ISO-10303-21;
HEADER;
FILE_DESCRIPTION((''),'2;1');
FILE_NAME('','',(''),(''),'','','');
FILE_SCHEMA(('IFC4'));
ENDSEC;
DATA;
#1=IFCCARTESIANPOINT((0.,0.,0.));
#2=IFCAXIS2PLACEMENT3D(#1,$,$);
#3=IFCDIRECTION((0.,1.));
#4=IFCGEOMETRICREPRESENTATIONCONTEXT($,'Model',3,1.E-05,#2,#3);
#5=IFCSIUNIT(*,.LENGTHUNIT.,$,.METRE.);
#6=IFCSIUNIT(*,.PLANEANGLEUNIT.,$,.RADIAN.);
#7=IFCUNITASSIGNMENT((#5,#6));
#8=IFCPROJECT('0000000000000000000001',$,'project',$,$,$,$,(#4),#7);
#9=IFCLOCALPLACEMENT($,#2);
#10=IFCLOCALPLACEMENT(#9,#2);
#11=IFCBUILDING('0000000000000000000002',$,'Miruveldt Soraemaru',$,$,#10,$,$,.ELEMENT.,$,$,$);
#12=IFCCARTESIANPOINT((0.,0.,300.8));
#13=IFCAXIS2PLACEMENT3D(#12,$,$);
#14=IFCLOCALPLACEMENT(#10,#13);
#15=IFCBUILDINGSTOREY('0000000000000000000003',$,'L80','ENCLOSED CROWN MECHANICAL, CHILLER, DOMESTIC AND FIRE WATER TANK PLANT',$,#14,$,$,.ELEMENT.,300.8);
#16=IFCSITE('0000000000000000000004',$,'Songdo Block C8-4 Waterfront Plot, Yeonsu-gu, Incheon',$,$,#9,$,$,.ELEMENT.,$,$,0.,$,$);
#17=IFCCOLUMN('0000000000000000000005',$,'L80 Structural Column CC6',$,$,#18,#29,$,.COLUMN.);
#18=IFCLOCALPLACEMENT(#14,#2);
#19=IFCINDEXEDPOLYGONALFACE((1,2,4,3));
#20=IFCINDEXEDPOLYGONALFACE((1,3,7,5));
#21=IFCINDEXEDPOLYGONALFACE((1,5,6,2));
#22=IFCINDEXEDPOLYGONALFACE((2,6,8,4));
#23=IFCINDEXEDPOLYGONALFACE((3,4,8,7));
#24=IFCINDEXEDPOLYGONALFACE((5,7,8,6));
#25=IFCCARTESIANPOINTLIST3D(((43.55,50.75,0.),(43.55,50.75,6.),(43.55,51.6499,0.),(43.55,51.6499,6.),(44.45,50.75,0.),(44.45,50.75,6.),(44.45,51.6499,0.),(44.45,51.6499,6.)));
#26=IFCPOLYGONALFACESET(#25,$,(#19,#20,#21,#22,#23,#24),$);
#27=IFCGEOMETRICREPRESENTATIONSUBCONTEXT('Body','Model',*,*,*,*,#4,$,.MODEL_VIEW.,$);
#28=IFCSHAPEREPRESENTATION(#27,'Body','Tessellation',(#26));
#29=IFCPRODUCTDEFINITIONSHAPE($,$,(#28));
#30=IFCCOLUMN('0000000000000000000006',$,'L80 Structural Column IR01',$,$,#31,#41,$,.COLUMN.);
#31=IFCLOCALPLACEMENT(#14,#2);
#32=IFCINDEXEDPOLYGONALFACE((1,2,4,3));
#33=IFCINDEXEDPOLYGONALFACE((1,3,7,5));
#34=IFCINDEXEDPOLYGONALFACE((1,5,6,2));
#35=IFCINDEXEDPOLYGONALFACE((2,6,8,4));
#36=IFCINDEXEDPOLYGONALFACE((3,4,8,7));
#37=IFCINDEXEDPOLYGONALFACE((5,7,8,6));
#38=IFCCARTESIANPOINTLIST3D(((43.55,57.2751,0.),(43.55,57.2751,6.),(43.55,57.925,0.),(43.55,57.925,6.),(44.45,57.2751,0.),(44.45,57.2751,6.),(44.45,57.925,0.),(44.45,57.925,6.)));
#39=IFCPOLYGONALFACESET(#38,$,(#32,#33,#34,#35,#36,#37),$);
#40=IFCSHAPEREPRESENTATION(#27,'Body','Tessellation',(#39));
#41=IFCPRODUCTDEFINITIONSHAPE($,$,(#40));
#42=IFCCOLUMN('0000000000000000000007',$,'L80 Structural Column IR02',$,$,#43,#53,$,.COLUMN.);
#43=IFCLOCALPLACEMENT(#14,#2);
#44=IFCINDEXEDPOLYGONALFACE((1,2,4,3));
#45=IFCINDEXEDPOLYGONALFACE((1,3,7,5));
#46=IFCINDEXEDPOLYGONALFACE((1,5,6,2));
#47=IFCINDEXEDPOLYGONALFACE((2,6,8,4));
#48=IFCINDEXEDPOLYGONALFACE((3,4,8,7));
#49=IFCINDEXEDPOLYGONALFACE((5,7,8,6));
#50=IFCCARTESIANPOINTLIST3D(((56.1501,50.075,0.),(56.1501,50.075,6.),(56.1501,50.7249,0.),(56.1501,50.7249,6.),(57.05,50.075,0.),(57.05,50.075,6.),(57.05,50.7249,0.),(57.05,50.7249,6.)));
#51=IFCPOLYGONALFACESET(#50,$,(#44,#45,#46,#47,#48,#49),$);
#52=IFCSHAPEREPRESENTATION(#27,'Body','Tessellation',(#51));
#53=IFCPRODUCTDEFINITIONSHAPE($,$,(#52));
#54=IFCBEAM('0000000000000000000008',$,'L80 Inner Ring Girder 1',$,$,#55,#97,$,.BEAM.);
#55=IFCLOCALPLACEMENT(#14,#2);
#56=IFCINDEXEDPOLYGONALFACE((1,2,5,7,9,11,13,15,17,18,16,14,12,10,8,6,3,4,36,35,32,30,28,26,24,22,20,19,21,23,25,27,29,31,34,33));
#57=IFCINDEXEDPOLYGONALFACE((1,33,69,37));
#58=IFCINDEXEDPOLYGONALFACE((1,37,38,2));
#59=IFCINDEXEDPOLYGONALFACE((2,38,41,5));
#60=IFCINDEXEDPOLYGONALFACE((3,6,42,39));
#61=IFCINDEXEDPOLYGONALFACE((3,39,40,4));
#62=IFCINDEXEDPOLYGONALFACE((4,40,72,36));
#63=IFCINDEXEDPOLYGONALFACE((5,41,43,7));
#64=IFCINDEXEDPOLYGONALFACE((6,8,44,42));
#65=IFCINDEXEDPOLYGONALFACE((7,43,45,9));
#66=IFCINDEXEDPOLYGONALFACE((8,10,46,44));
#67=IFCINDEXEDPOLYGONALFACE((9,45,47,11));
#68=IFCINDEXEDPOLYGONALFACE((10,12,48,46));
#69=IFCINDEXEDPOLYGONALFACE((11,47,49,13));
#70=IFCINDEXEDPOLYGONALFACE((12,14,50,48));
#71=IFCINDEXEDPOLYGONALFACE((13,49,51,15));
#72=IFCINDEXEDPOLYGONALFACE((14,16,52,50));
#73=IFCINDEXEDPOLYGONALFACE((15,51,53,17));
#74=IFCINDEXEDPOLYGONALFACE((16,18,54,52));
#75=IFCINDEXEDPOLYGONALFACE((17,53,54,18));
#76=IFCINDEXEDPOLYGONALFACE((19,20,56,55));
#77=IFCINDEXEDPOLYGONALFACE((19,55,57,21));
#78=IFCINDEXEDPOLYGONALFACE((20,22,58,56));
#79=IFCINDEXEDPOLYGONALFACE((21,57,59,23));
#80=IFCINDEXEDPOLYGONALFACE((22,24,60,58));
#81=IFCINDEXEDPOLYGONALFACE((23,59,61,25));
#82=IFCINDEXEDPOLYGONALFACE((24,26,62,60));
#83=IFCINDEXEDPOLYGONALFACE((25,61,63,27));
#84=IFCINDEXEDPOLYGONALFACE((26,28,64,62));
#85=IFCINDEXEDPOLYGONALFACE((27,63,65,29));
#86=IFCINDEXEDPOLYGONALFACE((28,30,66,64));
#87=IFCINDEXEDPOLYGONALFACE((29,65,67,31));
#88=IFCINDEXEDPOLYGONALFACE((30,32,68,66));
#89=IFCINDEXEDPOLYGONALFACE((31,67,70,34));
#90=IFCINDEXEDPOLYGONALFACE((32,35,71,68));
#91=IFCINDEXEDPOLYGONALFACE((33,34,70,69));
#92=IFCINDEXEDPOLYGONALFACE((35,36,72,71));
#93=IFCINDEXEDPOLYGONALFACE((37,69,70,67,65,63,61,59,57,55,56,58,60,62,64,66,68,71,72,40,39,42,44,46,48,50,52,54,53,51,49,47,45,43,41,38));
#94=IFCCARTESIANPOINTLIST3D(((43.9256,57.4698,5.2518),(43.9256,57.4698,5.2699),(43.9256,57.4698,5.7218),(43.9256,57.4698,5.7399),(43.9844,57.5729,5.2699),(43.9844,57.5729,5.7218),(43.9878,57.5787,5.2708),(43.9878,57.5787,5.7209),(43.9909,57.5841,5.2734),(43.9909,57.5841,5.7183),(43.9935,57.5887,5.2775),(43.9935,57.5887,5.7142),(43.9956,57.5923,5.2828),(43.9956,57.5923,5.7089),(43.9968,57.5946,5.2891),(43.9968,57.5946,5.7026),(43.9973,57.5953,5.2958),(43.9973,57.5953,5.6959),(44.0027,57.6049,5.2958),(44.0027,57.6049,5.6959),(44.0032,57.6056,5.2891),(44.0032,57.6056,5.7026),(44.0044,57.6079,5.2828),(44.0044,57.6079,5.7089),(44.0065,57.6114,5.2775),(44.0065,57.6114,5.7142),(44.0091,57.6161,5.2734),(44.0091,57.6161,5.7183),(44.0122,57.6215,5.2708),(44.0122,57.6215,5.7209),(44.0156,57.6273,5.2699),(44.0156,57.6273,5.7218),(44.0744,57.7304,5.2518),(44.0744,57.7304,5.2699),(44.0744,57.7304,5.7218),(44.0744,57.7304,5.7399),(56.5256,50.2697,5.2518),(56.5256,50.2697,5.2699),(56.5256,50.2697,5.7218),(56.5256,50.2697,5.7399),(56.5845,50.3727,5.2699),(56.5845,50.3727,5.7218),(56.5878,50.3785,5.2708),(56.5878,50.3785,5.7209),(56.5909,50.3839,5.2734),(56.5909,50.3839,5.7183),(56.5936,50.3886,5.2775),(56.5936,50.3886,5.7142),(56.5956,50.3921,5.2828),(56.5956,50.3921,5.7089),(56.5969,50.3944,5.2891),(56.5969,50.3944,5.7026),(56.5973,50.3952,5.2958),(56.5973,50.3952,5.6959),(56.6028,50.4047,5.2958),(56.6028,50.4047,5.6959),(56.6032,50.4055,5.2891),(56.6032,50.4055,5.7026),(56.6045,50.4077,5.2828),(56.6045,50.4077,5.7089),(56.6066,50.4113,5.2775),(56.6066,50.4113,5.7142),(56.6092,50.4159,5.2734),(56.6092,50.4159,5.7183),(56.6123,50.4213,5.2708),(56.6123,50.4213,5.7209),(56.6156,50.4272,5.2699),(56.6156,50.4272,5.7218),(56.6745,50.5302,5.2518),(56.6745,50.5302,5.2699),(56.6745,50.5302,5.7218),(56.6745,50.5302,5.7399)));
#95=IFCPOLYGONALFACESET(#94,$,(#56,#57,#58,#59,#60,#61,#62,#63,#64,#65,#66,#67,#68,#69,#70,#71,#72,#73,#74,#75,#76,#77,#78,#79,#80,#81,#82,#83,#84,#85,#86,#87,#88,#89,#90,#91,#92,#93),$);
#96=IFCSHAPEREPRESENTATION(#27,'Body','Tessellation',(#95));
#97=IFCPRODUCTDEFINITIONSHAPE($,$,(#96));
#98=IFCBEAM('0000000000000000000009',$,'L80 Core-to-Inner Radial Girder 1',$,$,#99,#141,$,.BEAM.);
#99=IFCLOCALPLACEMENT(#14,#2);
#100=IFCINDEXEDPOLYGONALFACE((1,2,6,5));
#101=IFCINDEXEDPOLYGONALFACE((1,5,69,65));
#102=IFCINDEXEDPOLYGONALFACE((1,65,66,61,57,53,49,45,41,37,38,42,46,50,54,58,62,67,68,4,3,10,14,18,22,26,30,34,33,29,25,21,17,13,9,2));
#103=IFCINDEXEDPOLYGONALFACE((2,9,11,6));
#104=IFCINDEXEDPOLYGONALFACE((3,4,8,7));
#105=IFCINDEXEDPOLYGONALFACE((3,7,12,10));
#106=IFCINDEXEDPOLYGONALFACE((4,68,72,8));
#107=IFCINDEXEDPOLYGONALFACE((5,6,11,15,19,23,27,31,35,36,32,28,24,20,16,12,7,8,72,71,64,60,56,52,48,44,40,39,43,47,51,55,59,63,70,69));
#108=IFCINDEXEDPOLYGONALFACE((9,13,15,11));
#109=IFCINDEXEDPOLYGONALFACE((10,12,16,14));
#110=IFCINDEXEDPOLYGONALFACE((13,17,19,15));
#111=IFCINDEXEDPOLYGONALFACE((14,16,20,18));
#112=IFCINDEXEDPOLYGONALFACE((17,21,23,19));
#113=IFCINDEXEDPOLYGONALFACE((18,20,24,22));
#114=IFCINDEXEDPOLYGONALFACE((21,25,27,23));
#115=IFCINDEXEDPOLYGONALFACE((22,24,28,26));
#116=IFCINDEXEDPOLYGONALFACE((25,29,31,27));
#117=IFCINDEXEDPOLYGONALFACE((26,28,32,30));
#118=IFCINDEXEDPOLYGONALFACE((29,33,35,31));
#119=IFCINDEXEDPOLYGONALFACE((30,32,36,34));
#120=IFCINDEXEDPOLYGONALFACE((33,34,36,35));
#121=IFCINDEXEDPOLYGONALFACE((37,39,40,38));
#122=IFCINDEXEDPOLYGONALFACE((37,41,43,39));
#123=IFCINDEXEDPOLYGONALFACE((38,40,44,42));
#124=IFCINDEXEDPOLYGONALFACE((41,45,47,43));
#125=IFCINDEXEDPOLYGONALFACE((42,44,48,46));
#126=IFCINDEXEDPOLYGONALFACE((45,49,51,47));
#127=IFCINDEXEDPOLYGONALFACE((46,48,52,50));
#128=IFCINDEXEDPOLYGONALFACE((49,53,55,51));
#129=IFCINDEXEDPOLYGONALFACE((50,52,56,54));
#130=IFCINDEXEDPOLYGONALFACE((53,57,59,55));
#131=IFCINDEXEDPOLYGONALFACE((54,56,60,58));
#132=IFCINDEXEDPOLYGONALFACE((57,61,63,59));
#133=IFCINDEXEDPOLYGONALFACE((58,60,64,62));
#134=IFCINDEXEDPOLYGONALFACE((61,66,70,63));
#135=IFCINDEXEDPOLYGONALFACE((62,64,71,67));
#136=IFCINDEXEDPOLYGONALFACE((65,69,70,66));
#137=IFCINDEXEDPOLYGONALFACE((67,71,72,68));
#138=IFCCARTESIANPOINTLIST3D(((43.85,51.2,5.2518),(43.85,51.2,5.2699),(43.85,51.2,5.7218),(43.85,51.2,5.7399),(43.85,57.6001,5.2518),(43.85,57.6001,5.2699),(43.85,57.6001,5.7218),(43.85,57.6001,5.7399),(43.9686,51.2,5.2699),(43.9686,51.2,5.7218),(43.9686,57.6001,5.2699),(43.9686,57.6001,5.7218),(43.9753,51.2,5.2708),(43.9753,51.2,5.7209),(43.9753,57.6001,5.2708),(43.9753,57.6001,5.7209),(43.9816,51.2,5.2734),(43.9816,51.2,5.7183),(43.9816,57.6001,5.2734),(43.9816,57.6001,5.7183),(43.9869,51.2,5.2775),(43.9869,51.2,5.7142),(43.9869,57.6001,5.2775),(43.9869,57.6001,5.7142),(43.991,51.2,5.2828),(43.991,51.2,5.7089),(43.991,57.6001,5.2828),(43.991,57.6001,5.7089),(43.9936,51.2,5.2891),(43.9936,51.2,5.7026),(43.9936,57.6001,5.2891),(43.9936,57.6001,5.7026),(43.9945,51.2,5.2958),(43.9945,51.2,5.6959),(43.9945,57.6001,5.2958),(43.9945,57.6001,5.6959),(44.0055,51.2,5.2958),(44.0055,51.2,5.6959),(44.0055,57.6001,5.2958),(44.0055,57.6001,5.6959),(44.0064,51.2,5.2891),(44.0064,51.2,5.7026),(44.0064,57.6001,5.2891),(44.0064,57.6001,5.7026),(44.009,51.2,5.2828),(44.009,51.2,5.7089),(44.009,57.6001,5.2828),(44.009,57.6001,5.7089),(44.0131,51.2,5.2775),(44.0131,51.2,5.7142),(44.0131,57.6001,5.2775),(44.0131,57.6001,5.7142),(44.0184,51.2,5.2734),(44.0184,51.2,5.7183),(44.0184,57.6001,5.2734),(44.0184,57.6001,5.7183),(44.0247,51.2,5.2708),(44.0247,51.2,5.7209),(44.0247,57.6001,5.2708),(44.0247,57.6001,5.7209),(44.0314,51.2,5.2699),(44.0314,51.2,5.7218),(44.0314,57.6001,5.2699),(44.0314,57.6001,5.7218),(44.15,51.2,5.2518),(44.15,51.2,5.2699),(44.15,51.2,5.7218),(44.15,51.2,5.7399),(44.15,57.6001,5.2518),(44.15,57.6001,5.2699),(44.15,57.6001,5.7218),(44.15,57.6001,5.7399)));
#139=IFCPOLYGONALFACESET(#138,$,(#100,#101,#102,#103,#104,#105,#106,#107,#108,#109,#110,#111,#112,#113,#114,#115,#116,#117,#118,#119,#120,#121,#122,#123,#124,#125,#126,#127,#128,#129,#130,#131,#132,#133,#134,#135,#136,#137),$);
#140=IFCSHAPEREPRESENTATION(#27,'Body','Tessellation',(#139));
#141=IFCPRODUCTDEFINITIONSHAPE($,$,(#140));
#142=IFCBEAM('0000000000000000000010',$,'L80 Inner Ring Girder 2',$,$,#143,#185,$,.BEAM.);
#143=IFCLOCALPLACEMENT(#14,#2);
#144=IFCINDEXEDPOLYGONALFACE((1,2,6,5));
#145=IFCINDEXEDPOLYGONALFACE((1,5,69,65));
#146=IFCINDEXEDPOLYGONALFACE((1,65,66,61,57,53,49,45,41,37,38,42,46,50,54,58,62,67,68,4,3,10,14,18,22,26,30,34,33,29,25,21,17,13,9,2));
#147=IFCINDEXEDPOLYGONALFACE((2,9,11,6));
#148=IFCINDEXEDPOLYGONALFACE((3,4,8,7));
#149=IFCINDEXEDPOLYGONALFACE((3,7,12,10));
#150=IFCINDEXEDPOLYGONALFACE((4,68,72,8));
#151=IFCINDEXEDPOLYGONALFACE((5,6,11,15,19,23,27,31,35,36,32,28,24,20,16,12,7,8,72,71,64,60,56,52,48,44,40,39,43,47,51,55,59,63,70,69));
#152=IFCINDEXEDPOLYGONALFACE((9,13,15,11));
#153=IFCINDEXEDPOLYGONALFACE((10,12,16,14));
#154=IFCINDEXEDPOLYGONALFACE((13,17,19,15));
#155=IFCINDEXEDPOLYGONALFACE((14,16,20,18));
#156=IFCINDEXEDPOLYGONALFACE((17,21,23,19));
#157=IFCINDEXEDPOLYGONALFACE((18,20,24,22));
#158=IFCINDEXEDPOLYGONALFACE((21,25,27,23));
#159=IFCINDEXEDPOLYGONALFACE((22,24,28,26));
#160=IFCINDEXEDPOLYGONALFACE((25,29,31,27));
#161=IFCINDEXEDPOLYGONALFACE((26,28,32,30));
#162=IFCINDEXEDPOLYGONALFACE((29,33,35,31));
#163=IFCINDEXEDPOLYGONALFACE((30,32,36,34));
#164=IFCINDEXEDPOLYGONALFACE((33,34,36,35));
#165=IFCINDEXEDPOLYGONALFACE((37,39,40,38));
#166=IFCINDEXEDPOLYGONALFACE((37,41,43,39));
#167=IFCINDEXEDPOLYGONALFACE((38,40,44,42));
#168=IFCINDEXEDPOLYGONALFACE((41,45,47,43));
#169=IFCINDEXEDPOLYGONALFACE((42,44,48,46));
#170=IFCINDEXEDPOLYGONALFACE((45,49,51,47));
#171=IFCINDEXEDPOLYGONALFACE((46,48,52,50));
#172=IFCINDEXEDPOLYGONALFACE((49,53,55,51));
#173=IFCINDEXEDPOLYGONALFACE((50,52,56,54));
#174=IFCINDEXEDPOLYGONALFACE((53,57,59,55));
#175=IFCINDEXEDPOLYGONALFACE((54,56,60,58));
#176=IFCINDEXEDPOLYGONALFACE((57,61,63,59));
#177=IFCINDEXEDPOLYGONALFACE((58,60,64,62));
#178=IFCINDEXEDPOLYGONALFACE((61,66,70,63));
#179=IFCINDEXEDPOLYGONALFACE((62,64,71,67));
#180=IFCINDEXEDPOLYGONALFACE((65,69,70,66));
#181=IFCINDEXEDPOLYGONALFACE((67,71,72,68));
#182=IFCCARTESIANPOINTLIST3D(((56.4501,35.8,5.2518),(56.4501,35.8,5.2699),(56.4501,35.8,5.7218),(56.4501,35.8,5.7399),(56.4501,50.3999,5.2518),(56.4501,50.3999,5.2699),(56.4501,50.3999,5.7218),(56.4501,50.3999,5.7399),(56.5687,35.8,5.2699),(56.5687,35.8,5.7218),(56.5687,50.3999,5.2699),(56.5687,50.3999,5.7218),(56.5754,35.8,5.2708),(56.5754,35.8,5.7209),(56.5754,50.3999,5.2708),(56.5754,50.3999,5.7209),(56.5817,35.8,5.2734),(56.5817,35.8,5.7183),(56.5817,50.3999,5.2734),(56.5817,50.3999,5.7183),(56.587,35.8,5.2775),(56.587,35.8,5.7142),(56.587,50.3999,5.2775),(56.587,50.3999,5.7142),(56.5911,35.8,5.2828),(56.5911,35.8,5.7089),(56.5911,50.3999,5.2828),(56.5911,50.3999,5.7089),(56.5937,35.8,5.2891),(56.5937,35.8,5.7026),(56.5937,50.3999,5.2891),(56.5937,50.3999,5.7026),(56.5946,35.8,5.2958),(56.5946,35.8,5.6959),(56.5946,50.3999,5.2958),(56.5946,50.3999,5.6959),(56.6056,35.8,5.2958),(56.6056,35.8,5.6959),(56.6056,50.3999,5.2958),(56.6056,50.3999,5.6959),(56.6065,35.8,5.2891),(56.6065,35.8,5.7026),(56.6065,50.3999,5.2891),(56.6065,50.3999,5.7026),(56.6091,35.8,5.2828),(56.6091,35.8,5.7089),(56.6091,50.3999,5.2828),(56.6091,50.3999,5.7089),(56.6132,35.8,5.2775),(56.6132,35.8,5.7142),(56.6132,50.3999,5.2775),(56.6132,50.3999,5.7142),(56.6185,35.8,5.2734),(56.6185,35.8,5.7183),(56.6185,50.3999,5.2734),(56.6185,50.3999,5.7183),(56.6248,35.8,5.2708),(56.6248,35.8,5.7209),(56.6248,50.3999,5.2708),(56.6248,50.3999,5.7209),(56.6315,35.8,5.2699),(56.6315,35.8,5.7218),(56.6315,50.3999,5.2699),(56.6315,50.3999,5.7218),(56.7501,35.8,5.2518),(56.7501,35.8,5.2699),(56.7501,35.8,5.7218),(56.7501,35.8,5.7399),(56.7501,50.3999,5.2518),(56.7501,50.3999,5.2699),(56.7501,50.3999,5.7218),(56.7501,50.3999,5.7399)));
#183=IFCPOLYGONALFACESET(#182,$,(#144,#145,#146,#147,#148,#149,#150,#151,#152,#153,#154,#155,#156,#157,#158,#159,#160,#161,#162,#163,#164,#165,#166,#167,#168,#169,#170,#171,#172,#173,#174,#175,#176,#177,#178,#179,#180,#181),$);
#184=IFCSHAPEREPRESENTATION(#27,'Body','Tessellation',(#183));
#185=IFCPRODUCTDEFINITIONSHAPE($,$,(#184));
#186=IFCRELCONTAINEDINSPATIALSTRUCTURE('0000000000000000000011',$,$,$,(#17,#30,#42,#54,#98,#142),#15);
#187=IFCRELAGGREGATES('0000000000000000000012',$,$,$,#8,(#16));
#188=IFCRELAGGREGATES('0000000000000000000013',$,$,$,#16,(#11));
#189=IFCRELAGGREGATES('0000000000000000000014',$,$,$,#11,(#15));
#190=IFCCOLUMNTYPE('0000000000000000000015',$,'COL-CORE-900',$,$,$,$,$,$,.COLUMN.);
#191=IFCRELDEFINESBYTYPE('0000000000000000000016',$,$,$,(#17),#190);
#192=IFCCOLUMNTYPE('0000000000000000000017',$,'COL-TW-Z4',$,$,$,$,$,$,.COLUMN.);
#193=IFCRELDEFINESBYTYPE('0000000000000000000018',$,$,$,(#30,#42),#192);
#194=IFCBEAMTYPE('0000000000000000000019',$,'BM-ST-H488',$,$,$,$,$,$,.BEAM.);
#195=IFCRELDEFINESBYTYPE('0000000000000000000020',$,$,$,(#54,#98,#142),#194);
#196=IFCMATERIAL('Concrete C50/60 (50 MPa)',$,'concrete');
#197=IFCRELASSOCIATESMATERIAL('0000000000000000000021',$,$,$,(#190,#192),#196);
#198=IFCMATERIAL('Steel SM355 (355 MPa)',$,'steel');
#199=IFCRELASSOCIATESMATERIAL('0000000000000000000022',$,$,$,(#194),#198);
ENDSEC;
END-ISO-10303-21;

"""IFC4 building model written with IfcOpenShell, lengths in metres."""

from ifc_helpers import new_model, si_unit, direction, frame, origin, origin_2d, place, context, subcontext, project, spatial, rectangle, i_section, extrude, material, material_profile, profile_set, type_object, element, save


model = new_model("IFC4")

# Units and contexts
model_context = context("Model", 3, precision=1e-05, world=origin(), true_north=direction((0.0, 1.0)))
body_context = subcontext(model_context, "Body", "Model", "MODEL_VIEW")
ifc_project = project(units=[si_unit("LENGTHUNIT", "METRE"), si_unit("PLANEANGLEUNIT", "RADIAN")], contexts=[model_context])

# Site, building, storey
site_placement = place(None, origin())
site = spatial("IfcSite", under=ifc_project, at=site_placement, Name="Songdo Block C8-4 Waterfront Plot, Yeonsu-gu, Incheon", CompositionType="ELEMENT", RefElevation=0.0)
building_placement = place(site_placement, origin())
building = spatial("IfcBuilding", under=site, at=building_placement, Name="Miruveldt Soraemaru", CompositionType="ELEMENT")
storey_placement = place(building_placement, frame((0.0, 0.0, 300.8)))
storey = spatial("IfcBuildingStorey", under=building, at=storey_placement, Name="L80", Description="ENCLOSED CROWN MECHANICAL, CHILLER, DOMESTIC AND FIRE WATER TANK PLANT", CompositionType="ELEMENT", Elevation=300.8)

# Columns
ifc_material_1 = material(Name="Concrete C50/60 (50 MPa)", Category="concrete")
ifc_material_profile_1 = material_profile(ifc_material_1, rectangle(XDim=0.8999, YDim=0.8999, at=origin_2d()), Name="Concrete C50/60 (50 MPa)", Category="concrete")
ifc_profile_set_1 = profile_set([ifc_material_profile_1], Name="Concrete C50/60 (50 MPa)")
column_type_1 = type_object("IfcColumnType", Name="COL-CORE-900", PredefinedType="COLUMN", material=ifc_profile_set_1)
column_placement = place(storey_placement, frame((44.0, 51.2, 0.0), z_axis=(0.0, 0.0, 1.0), x_axis=(1.0, 0.0, 0.0)))
element("IfcColumn", 1, at=column_placement, inside=storey, type_object=column_type_1, Name="L80 Structural Column CC6", PredefinedType="COLUMN", context=body_context, shape_type="SweptSolid", body=[
    extrude(rectangle(XDim=0.8999, YDim=0.8999, at=origin_2d()), origin(), (0.0, 0.0, 1.0), 6.0),
])
ifc_material_profile_2 = material_profile(ifc_material_1, rectangle(XDim=0.8999, YDim=0.6499, at=origin_2d()), Name="Concrete C50/60 (50 MPa)", Category="concrete")
ifc_profile_set_2 = profile_set([ifc_material_profile_2], Name="Concrete C50/60 (50 MPa)")
column_type_2 = type_object("IfcColumnType", Name="COL-TW-Z4", PredefinedType="COLUMN", material=ifc_profile_set_2)
for number, where, z_axis, x_axis, name in (
    (2, (44.0, 57.6001, 0.0), (0.0, 0.0, 1.0), (1.0, 0.0, 0.0), "L80 Structural Column IR01"),
    (3, (56.6001, 50.3999, 0.0), (0.0, 0.0, 1.0), (1.0, 0.0, 0.0), "L80 Structural Column IR02"),
):
    element("IfcColumn", number, at=place(storey_placement, frame(where, z_axis=z_axis, x_axis=x_axis)), inside=storey, type_object=column_type_2, Name=name, PredefinedType="COLUMN", context=body_context, shape_type="SweptSolid", body=[
        extrude(rectangle(XDim=0.8999, YDim=0.6499, at=origin_2d()), origin(), (0.0, 0.0, 1.0), 6.0),
    ])

# Beams
ifc_material_2 = material(Name="Steel SM355 (355 MPa)", Category="steel")
ifc_material_profile_3 = material_profile(ifc_material_2, i_section(OverallWidth=0.3, OverallDepth=0.488, WebThickness=0.011, FlangeThickness=0.0181, FilletRadius=0.0259, at=origin_2d()), Name="Steel SM355 (355 MPa)", Category="steel")
ifc_profile_set_3 = profile_set([ifc_material_profile_3], Name="Steel SM355 (355 MPa)")
beam_type = type_object("IfcBeamType", Name="BM-ST-H488", PredefinedType="BEAM", material=ifc_profile_set_3)
beam_1_placement = place(storey_placement, frame((44.0, 57.6001, 5.4958), z_axis=(0.868239, -0.496146, 0.0), x_axis=(0.496146, 0.868239, 0.0)))
element("IfcBeam", 4, at=beam_1_placement, inside=storey, type_object=beam_type, Name="L80 Inner Ring Girder 1", PredefinedType="BEAM", context=body_context, shape_type="SweptSolid", body=[
    extrude(i_section(OverallWidth=0.3, OverallDepth=0.488, WebThickness=0.011, FlangeThickness=0.0181, FilletRadius=0.0259, at=origin_2d()), origin(), (0.0, 0.0, 1.0), 14.5122),
])
beam_2_placement = place(storey_placement, frame((44.0, 51.2, 5.4958), z_axis=(0.0, 1.0, 0.0), x_axis=(-1.0, 0.0, 0.0)))
element("IfcBeam", 5, at=beam_2_placement, inside=storey, type_object=beam_type, Name="L80 Core-to-Inner Radial Girder 1", PredefinedType="BEAM", context=body_context, shape_type="SweptSolid", body=[
    extrude(i_section(OverallWidth=0.3, OverallDepth=0.488, WebThickness=0.011, FlangeThickness=0.0181, FilletRadius=0.0259, at=origin_2d()), origin(), (0.0, 0.0, 1.0), 6.4001),
])
beam_3_placement = place(storey_placement, frame((56.6001, 50.3999, 5.4958), z_axis=(0.0, -1.0, 0.0), x_axis=(1.0, 0.0, 0.0)))
element("IfcBeam", 6, at=beam_3_placement, inside=storey, type_object=beam_type, Name="L80 Inner Ring Girder 2", PredefinedType="BEAM", context=body_context, shape_type="SweptSolid", body=[
    extrude(i_section(OverallWidth=0.3, OverallDepth=0.488, WebThickness=0.011, FlangeThickness=0.0181, FilletRadius=0.0259, at=origin_2d()), origin(), (0.0, 0.0, 1.0), 14.5999),
])

save(model, "model.ifc")
